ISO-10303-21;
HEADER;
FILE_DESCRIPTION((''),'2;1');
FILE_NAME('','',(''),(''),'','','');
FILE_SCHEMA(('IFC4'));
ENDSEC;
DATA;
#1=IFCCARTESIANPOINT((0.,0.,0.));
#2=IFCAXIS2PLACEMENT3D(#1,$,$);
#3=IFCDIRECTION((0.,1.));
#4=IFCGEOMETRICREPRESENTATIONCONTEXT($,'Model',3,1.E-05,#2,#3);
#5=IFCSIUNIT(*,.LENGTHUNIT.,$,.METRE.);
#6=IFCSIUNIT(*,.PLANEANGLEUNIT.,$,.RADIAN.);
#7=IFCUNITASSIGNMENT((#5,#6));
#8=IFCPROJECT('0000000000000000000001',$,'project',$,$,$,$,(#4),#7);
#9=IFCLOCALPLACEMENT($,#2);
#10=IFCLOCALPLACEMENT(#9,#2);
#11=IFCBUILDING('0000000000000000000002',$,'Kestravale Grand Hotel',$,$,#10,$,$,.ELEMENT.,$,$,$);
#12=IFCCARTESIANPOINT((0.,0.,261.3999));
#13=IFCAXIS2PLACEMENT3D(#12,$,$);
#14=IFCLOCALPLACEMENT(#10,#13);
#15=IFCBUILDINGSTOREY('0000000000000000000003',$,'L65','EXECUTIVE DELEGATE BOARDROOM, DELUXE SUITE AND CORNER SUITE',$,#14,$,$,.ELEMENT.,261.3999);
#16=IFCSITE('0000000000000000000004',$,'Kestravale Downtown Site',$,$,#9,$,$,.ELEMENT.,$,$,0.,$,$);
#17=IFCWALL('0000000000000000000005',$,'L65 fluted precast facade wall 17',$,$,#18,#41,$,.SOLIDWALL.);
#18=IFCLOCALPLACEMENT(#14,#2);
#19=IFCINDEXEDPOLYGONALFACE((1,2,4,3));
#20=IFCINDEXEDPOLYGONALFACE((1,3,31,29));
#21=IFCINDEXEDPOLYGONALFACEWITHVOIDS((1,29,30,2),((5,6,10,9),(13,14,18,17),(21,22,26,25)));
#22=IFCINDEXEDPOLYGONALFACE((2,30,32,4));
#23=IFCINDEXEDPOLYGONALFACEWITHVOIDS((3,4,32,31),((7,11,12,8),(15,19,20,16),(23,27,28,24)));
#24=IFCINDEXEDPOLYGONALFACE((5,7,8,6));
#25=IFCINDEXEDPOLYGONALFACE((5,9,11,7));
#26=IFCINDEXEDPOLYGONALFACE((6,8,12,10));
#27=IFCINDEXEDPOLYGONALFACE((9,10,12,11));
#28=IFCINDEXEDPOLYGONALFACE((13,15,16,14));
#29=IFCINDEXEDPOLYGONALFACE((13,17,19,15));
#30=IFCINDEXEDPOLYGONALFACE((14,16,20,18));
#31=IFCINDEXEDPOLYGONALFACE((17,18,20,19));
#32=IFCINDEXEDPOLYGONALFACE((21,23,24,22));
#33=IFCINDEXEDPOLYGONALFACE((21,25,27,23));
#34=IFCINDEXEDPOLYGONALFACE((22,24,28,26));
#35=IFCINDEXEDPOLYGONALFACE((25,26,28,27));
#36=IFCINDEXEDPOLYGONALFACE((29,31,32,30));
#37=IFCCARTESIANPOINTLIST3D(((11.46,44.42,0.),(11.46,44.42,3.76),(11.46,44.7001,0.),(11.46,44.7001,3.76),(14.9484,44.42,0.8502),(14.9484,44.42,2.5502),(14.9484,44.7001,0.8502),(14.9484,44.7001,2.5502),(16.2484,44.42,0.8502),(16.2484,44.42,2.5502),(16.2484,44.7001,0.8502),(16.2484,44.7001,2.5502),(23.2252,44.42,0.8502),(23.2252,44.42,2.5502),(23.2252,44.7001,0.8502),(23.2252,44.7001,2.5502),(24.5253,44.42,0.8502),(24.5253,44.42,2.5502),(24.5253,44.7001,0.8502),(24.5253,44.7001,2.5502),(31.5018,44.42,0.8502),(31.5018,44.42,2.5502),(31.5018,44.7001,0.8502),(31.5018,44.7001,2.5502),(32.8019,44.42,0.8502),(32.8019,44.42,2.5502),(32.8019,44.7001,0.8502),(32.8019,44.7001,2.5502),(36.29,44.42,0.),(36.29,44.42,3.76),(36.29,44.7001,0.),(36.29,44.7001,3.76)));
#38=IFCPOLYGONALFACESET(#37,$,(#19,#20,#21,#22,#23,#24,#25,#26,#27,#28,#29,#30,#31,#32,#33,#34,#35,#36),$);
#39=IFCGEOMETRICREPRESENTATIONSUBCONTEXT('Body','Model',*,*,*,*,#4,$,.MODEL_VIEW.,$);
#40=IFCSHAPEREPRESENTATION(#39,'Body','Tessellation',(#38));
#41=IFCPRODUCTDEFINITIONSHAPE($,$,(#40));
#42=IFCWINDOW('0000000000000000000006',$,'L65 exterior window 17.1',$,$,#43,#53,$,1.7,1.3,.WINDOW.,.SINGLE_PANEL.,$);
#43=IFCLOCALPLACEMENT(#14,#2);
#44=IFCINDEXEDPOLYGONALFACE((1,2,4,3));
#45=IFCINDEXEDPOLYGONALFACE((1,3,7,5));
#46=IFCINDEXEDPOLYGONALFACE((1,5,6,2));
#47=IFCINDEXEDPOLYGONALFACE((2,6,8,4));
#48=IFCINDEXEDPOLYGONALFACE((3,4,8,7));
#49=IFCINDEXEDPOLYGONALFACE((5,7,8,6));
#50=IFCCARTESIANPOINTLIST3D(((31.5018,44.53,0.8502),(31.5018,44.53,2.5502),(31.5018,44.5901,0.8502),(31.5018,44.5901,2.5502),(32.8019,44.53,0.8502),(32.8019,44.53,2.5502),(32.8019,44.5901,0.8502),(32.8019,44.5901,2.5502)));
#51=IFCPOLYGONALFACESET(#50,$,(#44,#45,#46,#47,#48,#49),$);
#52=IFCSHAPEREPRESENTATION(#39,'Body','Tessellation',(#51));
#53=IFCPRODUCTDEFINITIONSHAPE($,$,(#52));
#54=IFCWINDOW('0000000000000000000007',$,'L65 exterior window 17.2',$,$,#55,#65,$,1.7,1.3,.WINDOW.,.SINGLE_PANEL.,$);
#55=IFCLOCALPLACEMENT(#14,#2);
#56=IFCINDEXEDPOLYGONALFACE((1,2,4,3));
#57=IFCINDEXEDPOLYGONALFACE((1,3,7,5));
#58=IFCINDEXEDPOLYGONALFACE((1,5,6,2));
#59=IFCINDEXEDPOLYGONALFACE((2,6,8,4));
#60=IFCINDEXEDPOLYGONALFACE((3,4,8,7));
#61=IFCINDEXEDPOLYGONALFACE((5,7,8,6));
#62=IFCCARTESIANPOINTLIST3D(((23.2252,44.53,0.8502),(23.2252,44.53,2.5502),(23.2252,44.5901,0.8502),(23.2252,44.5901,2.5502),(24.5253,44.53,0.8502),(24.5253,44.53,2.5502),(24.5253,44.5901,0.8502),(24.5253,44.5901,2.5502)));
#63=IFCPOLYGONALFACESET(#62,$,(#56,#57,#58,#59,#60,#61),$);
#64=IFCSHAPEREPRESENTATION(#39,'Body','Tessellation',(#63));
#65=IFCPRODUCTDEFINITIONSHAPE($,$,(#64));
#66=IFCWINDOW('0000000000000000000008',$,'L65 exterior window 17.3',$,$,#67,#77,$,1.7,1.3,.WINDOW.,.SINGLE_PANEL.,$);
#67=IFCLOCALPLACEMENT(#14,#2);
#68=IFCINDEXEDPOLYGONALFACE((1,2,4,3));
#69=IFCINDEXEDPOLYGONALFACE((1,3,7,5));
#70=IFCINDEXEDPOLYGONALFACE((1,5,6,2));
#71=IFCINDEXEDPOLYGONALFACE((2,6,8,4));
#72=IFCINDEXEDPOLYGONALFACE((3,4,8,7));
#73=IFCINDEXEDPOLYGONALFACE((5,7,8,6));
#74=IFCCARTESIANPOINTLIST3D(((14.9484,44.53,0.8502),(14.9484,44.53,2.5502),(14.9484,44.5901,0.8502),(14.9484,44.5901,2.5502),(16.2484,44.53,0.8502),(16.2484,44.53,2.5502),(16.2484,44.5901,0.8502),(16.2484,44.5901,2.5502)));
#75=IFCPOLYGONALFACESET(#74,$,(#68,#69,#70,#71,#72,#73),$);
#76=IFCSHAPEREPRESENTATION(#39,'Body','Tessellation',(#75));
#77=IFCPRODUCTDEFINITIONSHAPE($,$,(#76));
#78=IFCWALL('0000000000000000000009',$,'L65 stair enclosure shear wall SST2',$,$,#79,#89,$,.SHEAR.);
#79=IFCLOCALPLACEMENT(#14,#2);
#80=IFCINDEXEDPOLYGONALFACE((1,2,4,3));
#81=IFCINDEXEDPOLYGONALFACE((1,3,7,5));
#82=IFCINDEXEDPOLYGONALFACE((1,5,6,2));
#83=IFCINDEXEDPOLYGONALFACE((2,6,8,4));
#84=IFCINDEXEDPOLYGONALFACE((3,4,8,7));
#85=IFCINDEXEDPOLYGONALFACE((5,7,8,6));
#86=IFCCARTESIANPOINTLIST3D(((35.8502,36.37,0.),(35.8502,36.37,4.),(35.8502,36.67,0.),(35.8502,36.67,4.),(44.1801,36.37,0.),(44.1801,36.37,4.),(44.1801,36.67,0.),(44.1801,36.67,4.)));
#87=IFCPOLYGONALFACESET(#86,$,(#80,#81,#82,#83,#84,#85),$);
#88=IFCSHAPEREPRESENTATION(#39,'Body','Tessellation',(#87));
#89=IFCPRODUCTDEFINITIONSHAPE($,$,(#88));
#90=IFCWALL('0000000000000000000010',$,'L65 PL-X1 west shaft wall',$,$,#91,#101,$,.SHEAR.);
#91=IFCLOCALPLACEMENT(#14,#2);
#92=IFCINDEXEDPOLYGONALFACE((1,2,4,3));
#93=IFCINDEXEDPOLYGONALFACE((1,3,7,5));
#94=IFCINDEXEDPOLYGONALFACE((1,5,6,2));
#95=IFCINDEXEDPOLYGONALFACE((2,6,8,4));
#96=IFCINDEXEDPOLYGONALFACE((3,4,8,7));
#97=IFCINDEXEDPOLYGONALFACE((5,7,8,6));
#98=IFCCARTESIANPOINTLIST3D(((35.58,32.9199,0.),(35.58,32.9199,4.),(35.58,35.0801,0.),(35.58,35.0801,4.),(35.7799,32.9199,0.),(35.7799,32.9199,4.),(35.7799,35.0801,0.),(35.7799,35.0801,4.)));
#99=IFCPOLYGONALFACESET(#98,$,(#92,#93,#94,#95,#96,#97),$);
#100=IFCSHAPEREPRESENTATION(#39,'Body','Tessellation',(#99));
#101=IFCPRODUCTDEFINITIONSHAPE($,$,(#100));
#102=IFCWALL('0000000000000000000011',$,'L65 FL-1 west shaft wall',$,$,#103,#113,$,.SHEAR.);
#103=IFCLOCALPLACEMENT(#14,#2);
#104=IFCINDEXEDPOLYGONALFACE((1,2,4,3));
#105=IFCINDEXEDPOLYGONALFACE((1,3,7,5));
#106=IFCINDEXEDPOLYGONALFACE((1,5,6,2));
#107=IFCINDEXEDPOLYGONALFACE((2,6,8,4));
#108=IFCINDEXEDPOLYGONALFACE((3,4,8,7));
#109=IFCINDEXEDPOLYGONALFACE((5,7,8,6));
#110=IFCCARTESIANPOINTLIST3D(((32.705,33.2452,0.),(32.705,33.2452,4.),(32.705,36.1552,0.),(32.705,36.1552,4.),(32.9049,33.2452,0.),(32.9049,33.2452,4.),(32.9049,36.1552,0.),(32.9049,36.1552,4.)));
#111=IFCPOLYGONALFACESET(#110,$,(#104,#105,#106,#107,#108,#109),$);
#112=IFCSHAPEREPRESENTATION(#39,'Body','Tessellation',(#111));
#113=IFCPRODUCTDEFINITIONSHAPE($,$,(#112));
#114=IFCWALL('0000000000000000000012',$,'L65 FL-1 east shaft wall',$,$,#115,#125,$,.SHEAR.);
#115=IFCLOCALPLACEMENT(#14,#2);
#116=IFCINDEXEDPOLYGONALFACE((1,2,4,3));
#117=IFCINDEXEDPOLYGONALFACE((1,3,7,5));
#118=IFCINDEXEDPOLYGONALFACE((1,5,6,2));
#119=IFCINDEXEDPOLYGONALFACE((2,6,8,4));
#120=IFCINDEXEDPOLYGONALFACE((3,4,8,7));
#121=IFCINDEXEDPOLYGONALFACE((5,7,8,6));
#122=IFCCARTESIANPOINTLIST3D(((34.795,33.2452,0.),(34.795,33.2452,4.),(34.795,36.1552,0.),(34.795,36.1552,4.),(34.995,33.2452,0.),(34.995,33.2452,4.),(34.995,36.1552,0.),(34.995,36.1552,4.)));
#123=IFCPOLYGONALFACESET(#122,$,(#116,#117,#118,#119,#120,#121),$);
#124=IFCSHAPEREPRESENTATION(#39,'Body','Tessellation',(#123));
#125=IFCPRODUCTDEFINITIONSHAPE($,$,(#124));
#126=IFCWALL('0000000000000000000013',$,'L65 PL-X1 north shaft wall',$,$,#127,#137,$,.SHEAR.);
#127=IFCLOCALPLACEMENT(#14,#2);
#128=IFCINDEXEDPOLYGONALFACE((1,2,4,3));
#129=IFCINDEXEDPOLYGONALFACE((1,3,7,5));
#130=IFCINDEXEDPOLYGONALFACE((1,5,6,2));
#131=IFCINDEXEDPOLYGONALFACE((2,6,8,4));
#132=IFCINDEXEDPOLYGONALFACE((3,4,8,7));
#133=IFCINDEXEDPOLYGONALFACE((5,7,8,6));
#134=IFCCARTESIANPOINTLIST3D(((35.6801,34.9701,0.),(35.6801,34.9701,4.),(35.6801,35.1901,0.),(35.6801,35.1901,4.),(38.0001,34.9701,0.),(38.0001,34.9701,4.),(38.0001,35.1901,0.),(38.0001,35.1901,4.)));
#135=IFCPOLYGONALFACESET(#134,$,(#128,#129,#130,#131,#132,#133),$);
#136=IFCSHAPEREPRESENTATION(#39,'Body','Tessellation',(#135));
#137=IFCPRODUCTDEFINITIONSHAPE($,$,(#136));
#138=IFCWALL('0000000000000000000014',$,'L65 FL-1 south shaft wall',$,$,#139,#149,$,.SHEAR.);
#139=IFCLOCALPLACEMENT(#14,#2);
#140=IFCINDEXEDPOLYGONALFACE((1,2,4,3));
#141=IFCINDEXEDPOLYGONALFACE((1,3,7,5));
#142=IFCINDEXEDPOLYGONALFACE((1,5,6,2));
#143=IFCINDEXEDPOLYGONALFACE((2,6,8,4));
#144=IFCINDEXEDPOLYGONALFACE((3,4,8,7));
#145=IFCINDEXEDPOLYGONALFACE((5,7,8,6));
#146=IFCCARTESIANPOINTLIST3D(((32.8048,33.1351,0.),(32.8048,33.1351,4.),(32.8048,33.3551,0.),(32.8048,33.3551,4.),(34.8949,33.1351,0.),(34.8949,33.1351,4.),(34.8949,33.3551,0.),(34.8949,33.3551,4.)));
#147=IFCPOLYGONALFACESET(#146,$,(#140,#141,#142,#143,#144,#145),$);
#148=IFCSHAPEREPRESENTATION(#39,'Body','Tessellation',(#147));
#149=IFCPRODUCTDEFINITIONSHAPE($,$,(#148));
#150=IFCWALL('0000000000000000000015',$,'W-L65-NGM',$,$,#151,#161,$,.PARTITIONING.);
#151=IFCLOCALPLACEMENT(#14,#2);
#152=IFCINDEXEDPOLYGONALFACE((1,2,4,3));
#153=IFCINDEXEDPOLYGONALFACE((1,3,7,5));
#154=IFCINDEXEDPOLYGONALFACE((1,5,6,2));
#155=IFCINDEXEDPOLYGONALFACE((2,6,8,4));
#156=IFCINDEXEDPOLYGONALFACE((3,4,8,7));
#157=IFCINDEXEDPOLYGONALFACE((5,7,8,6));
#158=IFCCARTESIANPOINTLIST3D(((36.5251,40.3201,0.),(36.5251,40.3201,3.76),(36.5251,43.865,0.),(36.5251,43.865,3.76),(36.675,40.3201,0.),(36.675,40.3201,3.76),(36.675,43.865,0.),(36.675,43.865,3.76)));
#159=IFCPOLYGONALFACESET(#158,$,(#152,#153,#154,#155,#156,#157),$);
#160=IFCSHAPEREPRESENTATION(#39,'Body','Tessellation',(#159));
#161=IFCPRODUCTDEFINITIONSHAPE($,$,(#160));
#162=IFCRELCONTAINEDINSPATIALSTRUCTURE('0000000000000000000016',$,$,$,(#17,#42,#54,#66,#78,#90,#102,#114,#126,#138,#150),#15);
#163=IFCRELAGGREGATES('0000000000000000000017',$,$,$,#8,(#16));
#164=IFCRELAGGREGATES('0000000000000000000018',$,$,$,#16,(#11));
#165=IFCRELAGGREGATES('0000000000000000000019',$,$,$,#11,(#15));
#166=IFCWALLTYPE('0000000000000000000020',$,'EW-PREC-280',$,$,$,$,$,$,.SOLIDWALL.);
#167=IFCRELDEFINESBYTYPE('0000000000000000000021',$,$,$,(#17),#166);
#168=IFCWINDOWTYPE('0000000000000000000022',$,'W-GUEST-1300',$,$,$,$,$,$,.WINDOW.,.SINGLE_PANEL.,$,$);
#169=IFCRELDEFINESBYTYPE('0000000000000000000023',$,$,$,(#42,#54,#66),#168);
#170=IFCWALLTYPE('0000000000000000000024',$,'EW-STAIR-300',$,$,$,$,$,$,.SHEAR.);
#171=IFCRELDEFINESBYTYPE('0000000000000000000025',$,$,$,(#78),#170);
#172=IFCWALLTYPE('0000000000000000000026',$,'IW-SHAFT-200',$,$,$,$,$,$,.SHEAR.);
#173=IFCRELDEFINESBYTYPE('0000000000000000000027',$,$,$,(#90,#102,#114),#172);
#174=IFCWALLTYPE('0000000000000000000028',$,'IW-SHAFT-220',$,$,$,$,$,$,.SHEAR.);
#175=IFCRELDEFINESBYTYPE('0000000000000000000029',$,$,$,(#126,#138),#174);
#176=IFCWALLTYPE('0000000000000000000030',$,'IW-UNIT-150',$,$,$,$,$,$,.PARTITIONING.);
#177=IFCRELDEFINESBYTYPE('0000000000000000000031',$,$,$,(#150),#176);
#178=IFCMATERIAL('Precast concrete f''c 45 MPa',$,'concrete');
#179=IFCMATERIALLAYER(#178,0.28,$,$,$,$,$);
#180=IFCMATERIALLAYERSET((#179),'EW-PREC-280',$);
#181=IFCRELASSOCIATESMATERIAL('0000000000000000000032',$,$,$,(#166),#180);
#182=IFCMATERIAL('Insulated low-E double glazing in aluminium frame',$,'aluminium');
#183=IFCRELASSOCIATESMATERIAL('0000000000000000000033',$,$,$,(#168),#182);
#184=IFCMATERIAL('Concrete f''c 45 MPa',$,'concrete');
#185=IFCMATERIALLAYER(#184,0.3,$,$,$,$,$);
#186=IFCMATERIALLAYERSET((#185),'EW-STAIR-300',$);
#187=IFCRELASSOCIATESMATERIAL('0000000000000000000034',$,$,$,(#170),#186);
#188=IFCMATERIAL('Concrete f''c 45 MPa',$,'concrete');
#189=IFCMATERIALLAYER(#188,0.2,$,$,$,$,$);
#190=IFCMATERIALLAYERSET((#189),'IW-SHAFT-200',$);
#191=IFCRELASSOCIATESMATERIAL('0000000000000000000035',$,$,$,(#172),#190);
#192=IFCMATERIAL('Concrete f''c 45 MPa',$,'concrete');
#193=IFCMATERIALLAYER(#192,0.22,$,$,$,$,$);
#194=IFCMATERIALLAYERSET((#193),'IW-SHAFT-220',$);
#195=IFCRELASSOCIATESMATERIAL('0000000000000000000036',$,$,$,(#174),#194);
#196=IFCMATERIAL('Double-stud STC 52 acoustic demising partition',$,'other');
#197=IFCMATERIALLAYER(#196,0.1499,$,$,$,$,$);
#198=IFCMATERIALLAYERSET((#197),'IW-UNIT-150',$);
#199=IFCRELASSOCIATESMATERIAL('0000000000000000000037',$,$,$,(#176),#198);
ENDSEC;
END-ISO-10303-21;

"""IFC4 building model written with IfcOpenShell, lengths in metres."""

from ifc_helpers import new_model, si_unit, direction, frame, frame_2d, origin, place, context, subcontext, project, spatial, rectangle, extrude, material, layer, layer_set, type_object, element, fill, save


model = new_model("IFC4")

# Units and contexts
model_context = context("Model", 3, precision=1e-05, world=origin(), true_north=direction((0.0, 1.0)))
body_context = subcontext(model_context, "Body", "Model", "MODEL_VIEW")
ifc_project = project(units=[si_unit("LENGTHUNIT", "METRE"), si_unit("PLANEANGLEUNIT", "RADIAN")], contexts=[model_context])

# Site, building, storey
site_placement = place(None, origin())
site = spatial("IfcSite", under=ifc_project, at=site_placement, Name="Kestravale Downtown Site", CompositionType="ELEMENT", RefElevation=0.0)
building_placement = place(site_placement, origin())
building = spatial("IfcBuilding", under=site, at=building_placement, Name="Kestravale Grand Hotel", CompositionType="ELEMENT")
storey_placement = place(building_placement, frame((0.0, 0.0, 261.3999)))
storey = spatial("IfcBuildingStorey", under=building, at=storey_placement, Name="L65", Description="EXECUTIVE DELEGATE BOARDROOM, DELUXE SUITE AND CORNER SUITE", CompositionType="ELEMENT", Elevation=261.3999)

# Shared definitions
ifc_material_1 = material(Name="Precast concrete f'c 45 MPa", Category="concrete")
ifc_layer_1 = layer(ifc_material_1, 0.28)
ifc_layer_set_1 = layer_set([ifc_layer_1], Name="EW-PREC-280")
wall_type_1 = type_object("IfcWallType", Name="EW-PREC-280", PredefinedType="SOLIDWALL", material=ifc_layer_set_1)

# Wall, openings, windows
wall_1_placement = place(storey_placement, frame((36.29, 44.5601, 0.0), z_axis=(0.0, 0.0, 1.0), x_axis=(-1.0, 0.0, 0.0)))
wall_1 = element("IfcWall", 1, at=wall_1_placement, inside=storey, type_object=wall_type_1, Name="L65 fluted precast facade wall 17", PredefinedType="SOLIDWALL", context=body_context, shape_type="SweptSolid", body=[
    extrude(rectangle(XDim=24.8301, YDim=0.28, at=frame_2d((12.415, 0.0))), origin(), (0.0, 0.0, 1.0), 3.76),
])
opening_1_placement = place(wall_1_placement, frame((3.4883, 0.0, 0.8501)))
opening_1 = element("IfcOpeningElement", 2, at=opening_1_placement, cuts=wall_1, PredefinedType="OPENING", context=body_context, shape_type="SweptSolid", body=[
    extrude(rectangle(XDim=1.3, YDim=1.7, at=frame_2d((0.6499, 0.8501))), frame((0.0, 0.1499, 0.0), z_axis=(0.0, -1.0, 0.0), x_axis=(1.0, 0.0, 0.0)), (0.0, 0.0, 1.0), 0.3),
])
opening_2_placement = place(wall_1_placement, frame((11.7649, 0.0, 0.8501)))
opening_2 = element("IfcOpeningElement", 3, at=opening_2_placement, cuts=wall_1, PredefinedType="OPENING", context=body_context, shape_type="SweptSolid", body=[
    extrude(rectangle(XDim=1.3, YDim=1.7, at=frame_2d((0.6499, 0.8501))), frame((0.0, 0.1499, 0.0), z_axis=(0.0, -1.0, 0.0), x_axis=(1.0, 0.0, 0.0)), (0.0, 0.0, 1.0), 0.3),
])
opening_3_placement = place(wall_1_placement, frame((20.0417, 0.0, 0.8501)))
opening_3 = element("IfcOpeningElement", 4, at=opening_3_placement, cuts=wall_1, PredefinedType="OPENING", context=body_context, shape_type="SweptSolid", body=[
    extrude(rectangle(XDim=1.3, YDim=1.7, at=frame_2d((0.6499, 0.8501))), frame((0.0, 0.1499, 0.0), z_axis=(0.0, -1.0, 0.0), x_axis=(1.0, 0.0, 0.0)), (0.0, 0.0, 1.0), 0.3),
])
ifc_material_2 = material(Name="Insulated low-E double glazing in aluminium frame", Category="aluminium")
window_type = type_object("IfcWindowType", Name="W-GUEST-1300", PartitioningType="SINGLE_PANEL", PredefinedType="WINDOW", material=ifc_material_2)
window_1_placement = place(opening_1_placement, origin())
window_1 = element("IfcWindow", 5, at=window_1_placement, inside=storey, type_object=window_type, Name="L65 exterior window 17.1", OverallHeight=1.7, OverallWidth=1.3, PartitioningType="SINGLE_PANEL", PredefinedType="WINDOW", context=body_context, shape_type="SweptSolid", body=[
    extrude(rectangle(XDim=1.3, YDim=1.7, at=frame_2d((0.6499, 0.8501))), frame((0.0, 0.03, 0.0), z_axis=(0.0, -1.0, 0.0), x_axis=(1.0, 0.0, 0.0)), (0.0, 0.0, 1.0), 0.0601),
])
fill(opening_1, window_1)
window_2_placement = place(opening_2_placement, origin())
window_2 = element("IfcWindow", 6, at=window_2_placement, inside=storey, type_object=window_type, Name="L65 exterior window 17.2", OverallHeight=1.7, OverallWidth=1.3, PartitioningType="SINGLE_PANEL", PredefinedType="WINDOW", context=body_context, shape_type="SweptSolid", body=[
    extrude(rectangle(XDim=1.3, YDim=1.7, at=frame_2d((0.6499, 0.8501))), frame((0.0, 0.03, 0.0), z_axis=(0.0, -1.0, 0.0), x_axis=(1.0, 0.0, 0.0)), (0.0, 0.0, 1.0), 0.0601),
])
fill(opening_2, window_2)
window_3_placement = place(opening_3_placement, origin())
window_3 = element("IfcWindow", 7, at=window_3_placement, inside=storey, type_object=window_type, Name="L65 exterior window 17.3", OverallHeight=1.7, OverallWidth=1.3, PartitioningType="SINGLE_PANEL", PredefinedType="WINDOW", context=body_context, shape_type="SweptSolid", body=[
    extrude(rectangle(XDim=1.3, YDim=1.7, at=frame_2d((0.6499, 0.8501))), frame((0.0, 0.03, 0.0), z_axis=(0.0, -1.0, 0.0), x_axis=(1.0, 0.0, 0.0)), (0.0, 0.0, 1.0), 0.0601),
])
fill(opening_3, window_3)

# Walls
ifc_material_3 = material(Name="Concrete f'c 45 MPa", Category="concrete")
ifc_layer_2 = layer(ifc_material_3, 0.3)
ifc_layer_set_2 = layer_set([ifc_layer_2], Name="EW-STAIR-300")
wall_type_2 = type_object("IfcWallType", Name="EW-STAIR-300", PredefinedType="SHEAR", material=ifc_layer_set_2)
wall_2_placement = place(storey_placement, frame((35.8501, 36.52, 0.0), z_axis=(0.0, 0.0, 1.0), x_axis=(1.0, 0.0, 0.0)))
element("IfcWall", 8, at=wall_2_placement, inside=storey, type_object=wall_type_2, Name="L65 stair enclosure shear wall SST2", PredefinedType="SHEAR", context=body_context, shape_type="SweptSolid", body=[
    extrude(rectangle(XDim=8.3298, YDim=0.3, at=frame_2d((4.165, 0.0))), origin(), (0.0, 0.0, 1.0), 4.0),
])
ifc_material_4 = material(Name="Concrete f'c 45 MPa", Category="concrete")
ifc_layer_3 = layer(ifc_material_4, 0.2)
ifc_layer_set_3 = layer_set([ifc_layer_3], Name="IW-SHAFT-200")
wall_type_3 = type_object("IfcWallType", Name="IW-SHAFT-200", PredefinedType="SHEAR", material=ifc_layer_set_3)
wall_3_placement = place(storey_placement, frame((35.6799, 32.9199, 0.0), z_axis=(0.0, 0.0, 1.0), x_axis=(0.0, 1.0, 0.0)))
element("IfcWall", 9, at=wall_3_placement, inside=storey, type_object=wall_type_3, Name="L65 PL-X1 west shaft wall", PredefinedType="SHEAR", context=body_context, shape_type="SweptSolid", body=[
    extrude(rectangle(XDim=2.1602, YDim=0.2, at=frame_2d((1.0801, 0.0))), origin(), (0.0, 0.0, 1.0), 4.0),
])
for number, where, z_axis, x_axis, name in (
    (10, (32.8049, 33.2451, 0.0), (0.0, 0.0, 1.0), (0.0, 1.0, 0.0), "L65 FL-1 west shaft wall"),
    (11, (34.895, 33.2451, 0.0), (0.0, 0.0, 1.0), (0.0, 1.0, 0.0), "L65 FL-1 east shaft wall"),
):
    element("IfcWall", number, at=place(storey_placement, frame(where, z_axis=z_axis, x_axis=x_axis)), inside=storey, type_object=wall_type_3, Name=name, PredefinedType="SHEAR", context=body_context, shape_type="SweptSolid", body=[
        extrude(rectangle(XDim=2.9099, YDim=0.2, at=frame_2d((1.4551, 0.0))), origin(), (0.0, 0.0, 1.0), 4.0),
    ])
ifc_material_5 = material(Name="Concrete f'c 45 MPa", Category="concrete")
ifc_layer_4 = layer(ifc_material_5, 0.22)
ifc_layer_set_4 = layer_set([ifc_layer_4], Name="IW-SHAFT-220")
wall_type_4 = type_object("IfcWallType", Name="IW-SHAFT-220", PredefinedType="SHEAR", material=ifc_layer_set_4)
wall_4_placement = place(storey_placement, frame((35.6799, 35.0801, 0.0), z_axis=(0.0, 0.0, 1.0), x_axis=(1.0, 0.0, 0.0)))
element("IfcWall", 12, at=wall_4_placement, inside=storey, type_object=wall_type_4, Name="L65 PL-X1 north shaft wall", PredefinedType="SHEAR", context=body_context, shape_type="SweptSolid", body=[
    extrude(rectangle(XDim=2.3201, YDim=0.22, at=frame_2d((1.1602, 0.0))), origin(), (0.0, 0.0, 1.0), 4.0),
])

# Walls
wall_5_placement = place(storey_placement, frame((32.8049, 33.2451, 0.0), z_axis=(0.0, 0.0, 1.0), x_axis=(1.0, 0.0, 0.0)))
element("IfcWall", 13, at=wall_5_placement, inside=storey, type_object=wall_type_4, Name="L65 FL-1 south shaft wall", PredefinedType="SHEAR", context=body_context, shape_type="SweptSolid", body=[
    extrude(rectangle(XDim=2.0901, YDim=0.22, at=frame_2d((1.0449, 0.0))), origin(), (0.0, 0.0, 1.0), 4.0),
])
ifc_material_6 = material(Name="Double-stud STC 52 acoustic demising partition", Category="other")
ifc_layer_5 = layer(ifc_material_6, 0.1499)
ifc_layer_set_5 = layer_set([ifc_layer_5], Name="IW-UNIT-150")
wall_type_5 = type_object("IfcWallType", Name="IW-UNIT-150", PredefinedType="PARTITIONING", material=ifc_layer_set_5)
wall_6_placement = place(storey_placement, frame((36.6001, 40.3201, 0.0), z_axis=(0.0, 0.0, 1.0), x_axis=(0.0, 1.0, 0.0)))
element("IfcWall", 14, at=wall_6_placement, inside=storey, type_object=wall_type_5, Name="W-L65-NGM", PredefinedType="PARTITIONING", context=body_context, shape_type="SweptSolid", body=[
    extrude(rectangle(XDim=3.5449, YDim=0.1499, at=frame_2d((1.7725, 0.0))), origin(), (0.0, 0.0, 1.0), 3.76),
])

save(model, "model.ifc")
